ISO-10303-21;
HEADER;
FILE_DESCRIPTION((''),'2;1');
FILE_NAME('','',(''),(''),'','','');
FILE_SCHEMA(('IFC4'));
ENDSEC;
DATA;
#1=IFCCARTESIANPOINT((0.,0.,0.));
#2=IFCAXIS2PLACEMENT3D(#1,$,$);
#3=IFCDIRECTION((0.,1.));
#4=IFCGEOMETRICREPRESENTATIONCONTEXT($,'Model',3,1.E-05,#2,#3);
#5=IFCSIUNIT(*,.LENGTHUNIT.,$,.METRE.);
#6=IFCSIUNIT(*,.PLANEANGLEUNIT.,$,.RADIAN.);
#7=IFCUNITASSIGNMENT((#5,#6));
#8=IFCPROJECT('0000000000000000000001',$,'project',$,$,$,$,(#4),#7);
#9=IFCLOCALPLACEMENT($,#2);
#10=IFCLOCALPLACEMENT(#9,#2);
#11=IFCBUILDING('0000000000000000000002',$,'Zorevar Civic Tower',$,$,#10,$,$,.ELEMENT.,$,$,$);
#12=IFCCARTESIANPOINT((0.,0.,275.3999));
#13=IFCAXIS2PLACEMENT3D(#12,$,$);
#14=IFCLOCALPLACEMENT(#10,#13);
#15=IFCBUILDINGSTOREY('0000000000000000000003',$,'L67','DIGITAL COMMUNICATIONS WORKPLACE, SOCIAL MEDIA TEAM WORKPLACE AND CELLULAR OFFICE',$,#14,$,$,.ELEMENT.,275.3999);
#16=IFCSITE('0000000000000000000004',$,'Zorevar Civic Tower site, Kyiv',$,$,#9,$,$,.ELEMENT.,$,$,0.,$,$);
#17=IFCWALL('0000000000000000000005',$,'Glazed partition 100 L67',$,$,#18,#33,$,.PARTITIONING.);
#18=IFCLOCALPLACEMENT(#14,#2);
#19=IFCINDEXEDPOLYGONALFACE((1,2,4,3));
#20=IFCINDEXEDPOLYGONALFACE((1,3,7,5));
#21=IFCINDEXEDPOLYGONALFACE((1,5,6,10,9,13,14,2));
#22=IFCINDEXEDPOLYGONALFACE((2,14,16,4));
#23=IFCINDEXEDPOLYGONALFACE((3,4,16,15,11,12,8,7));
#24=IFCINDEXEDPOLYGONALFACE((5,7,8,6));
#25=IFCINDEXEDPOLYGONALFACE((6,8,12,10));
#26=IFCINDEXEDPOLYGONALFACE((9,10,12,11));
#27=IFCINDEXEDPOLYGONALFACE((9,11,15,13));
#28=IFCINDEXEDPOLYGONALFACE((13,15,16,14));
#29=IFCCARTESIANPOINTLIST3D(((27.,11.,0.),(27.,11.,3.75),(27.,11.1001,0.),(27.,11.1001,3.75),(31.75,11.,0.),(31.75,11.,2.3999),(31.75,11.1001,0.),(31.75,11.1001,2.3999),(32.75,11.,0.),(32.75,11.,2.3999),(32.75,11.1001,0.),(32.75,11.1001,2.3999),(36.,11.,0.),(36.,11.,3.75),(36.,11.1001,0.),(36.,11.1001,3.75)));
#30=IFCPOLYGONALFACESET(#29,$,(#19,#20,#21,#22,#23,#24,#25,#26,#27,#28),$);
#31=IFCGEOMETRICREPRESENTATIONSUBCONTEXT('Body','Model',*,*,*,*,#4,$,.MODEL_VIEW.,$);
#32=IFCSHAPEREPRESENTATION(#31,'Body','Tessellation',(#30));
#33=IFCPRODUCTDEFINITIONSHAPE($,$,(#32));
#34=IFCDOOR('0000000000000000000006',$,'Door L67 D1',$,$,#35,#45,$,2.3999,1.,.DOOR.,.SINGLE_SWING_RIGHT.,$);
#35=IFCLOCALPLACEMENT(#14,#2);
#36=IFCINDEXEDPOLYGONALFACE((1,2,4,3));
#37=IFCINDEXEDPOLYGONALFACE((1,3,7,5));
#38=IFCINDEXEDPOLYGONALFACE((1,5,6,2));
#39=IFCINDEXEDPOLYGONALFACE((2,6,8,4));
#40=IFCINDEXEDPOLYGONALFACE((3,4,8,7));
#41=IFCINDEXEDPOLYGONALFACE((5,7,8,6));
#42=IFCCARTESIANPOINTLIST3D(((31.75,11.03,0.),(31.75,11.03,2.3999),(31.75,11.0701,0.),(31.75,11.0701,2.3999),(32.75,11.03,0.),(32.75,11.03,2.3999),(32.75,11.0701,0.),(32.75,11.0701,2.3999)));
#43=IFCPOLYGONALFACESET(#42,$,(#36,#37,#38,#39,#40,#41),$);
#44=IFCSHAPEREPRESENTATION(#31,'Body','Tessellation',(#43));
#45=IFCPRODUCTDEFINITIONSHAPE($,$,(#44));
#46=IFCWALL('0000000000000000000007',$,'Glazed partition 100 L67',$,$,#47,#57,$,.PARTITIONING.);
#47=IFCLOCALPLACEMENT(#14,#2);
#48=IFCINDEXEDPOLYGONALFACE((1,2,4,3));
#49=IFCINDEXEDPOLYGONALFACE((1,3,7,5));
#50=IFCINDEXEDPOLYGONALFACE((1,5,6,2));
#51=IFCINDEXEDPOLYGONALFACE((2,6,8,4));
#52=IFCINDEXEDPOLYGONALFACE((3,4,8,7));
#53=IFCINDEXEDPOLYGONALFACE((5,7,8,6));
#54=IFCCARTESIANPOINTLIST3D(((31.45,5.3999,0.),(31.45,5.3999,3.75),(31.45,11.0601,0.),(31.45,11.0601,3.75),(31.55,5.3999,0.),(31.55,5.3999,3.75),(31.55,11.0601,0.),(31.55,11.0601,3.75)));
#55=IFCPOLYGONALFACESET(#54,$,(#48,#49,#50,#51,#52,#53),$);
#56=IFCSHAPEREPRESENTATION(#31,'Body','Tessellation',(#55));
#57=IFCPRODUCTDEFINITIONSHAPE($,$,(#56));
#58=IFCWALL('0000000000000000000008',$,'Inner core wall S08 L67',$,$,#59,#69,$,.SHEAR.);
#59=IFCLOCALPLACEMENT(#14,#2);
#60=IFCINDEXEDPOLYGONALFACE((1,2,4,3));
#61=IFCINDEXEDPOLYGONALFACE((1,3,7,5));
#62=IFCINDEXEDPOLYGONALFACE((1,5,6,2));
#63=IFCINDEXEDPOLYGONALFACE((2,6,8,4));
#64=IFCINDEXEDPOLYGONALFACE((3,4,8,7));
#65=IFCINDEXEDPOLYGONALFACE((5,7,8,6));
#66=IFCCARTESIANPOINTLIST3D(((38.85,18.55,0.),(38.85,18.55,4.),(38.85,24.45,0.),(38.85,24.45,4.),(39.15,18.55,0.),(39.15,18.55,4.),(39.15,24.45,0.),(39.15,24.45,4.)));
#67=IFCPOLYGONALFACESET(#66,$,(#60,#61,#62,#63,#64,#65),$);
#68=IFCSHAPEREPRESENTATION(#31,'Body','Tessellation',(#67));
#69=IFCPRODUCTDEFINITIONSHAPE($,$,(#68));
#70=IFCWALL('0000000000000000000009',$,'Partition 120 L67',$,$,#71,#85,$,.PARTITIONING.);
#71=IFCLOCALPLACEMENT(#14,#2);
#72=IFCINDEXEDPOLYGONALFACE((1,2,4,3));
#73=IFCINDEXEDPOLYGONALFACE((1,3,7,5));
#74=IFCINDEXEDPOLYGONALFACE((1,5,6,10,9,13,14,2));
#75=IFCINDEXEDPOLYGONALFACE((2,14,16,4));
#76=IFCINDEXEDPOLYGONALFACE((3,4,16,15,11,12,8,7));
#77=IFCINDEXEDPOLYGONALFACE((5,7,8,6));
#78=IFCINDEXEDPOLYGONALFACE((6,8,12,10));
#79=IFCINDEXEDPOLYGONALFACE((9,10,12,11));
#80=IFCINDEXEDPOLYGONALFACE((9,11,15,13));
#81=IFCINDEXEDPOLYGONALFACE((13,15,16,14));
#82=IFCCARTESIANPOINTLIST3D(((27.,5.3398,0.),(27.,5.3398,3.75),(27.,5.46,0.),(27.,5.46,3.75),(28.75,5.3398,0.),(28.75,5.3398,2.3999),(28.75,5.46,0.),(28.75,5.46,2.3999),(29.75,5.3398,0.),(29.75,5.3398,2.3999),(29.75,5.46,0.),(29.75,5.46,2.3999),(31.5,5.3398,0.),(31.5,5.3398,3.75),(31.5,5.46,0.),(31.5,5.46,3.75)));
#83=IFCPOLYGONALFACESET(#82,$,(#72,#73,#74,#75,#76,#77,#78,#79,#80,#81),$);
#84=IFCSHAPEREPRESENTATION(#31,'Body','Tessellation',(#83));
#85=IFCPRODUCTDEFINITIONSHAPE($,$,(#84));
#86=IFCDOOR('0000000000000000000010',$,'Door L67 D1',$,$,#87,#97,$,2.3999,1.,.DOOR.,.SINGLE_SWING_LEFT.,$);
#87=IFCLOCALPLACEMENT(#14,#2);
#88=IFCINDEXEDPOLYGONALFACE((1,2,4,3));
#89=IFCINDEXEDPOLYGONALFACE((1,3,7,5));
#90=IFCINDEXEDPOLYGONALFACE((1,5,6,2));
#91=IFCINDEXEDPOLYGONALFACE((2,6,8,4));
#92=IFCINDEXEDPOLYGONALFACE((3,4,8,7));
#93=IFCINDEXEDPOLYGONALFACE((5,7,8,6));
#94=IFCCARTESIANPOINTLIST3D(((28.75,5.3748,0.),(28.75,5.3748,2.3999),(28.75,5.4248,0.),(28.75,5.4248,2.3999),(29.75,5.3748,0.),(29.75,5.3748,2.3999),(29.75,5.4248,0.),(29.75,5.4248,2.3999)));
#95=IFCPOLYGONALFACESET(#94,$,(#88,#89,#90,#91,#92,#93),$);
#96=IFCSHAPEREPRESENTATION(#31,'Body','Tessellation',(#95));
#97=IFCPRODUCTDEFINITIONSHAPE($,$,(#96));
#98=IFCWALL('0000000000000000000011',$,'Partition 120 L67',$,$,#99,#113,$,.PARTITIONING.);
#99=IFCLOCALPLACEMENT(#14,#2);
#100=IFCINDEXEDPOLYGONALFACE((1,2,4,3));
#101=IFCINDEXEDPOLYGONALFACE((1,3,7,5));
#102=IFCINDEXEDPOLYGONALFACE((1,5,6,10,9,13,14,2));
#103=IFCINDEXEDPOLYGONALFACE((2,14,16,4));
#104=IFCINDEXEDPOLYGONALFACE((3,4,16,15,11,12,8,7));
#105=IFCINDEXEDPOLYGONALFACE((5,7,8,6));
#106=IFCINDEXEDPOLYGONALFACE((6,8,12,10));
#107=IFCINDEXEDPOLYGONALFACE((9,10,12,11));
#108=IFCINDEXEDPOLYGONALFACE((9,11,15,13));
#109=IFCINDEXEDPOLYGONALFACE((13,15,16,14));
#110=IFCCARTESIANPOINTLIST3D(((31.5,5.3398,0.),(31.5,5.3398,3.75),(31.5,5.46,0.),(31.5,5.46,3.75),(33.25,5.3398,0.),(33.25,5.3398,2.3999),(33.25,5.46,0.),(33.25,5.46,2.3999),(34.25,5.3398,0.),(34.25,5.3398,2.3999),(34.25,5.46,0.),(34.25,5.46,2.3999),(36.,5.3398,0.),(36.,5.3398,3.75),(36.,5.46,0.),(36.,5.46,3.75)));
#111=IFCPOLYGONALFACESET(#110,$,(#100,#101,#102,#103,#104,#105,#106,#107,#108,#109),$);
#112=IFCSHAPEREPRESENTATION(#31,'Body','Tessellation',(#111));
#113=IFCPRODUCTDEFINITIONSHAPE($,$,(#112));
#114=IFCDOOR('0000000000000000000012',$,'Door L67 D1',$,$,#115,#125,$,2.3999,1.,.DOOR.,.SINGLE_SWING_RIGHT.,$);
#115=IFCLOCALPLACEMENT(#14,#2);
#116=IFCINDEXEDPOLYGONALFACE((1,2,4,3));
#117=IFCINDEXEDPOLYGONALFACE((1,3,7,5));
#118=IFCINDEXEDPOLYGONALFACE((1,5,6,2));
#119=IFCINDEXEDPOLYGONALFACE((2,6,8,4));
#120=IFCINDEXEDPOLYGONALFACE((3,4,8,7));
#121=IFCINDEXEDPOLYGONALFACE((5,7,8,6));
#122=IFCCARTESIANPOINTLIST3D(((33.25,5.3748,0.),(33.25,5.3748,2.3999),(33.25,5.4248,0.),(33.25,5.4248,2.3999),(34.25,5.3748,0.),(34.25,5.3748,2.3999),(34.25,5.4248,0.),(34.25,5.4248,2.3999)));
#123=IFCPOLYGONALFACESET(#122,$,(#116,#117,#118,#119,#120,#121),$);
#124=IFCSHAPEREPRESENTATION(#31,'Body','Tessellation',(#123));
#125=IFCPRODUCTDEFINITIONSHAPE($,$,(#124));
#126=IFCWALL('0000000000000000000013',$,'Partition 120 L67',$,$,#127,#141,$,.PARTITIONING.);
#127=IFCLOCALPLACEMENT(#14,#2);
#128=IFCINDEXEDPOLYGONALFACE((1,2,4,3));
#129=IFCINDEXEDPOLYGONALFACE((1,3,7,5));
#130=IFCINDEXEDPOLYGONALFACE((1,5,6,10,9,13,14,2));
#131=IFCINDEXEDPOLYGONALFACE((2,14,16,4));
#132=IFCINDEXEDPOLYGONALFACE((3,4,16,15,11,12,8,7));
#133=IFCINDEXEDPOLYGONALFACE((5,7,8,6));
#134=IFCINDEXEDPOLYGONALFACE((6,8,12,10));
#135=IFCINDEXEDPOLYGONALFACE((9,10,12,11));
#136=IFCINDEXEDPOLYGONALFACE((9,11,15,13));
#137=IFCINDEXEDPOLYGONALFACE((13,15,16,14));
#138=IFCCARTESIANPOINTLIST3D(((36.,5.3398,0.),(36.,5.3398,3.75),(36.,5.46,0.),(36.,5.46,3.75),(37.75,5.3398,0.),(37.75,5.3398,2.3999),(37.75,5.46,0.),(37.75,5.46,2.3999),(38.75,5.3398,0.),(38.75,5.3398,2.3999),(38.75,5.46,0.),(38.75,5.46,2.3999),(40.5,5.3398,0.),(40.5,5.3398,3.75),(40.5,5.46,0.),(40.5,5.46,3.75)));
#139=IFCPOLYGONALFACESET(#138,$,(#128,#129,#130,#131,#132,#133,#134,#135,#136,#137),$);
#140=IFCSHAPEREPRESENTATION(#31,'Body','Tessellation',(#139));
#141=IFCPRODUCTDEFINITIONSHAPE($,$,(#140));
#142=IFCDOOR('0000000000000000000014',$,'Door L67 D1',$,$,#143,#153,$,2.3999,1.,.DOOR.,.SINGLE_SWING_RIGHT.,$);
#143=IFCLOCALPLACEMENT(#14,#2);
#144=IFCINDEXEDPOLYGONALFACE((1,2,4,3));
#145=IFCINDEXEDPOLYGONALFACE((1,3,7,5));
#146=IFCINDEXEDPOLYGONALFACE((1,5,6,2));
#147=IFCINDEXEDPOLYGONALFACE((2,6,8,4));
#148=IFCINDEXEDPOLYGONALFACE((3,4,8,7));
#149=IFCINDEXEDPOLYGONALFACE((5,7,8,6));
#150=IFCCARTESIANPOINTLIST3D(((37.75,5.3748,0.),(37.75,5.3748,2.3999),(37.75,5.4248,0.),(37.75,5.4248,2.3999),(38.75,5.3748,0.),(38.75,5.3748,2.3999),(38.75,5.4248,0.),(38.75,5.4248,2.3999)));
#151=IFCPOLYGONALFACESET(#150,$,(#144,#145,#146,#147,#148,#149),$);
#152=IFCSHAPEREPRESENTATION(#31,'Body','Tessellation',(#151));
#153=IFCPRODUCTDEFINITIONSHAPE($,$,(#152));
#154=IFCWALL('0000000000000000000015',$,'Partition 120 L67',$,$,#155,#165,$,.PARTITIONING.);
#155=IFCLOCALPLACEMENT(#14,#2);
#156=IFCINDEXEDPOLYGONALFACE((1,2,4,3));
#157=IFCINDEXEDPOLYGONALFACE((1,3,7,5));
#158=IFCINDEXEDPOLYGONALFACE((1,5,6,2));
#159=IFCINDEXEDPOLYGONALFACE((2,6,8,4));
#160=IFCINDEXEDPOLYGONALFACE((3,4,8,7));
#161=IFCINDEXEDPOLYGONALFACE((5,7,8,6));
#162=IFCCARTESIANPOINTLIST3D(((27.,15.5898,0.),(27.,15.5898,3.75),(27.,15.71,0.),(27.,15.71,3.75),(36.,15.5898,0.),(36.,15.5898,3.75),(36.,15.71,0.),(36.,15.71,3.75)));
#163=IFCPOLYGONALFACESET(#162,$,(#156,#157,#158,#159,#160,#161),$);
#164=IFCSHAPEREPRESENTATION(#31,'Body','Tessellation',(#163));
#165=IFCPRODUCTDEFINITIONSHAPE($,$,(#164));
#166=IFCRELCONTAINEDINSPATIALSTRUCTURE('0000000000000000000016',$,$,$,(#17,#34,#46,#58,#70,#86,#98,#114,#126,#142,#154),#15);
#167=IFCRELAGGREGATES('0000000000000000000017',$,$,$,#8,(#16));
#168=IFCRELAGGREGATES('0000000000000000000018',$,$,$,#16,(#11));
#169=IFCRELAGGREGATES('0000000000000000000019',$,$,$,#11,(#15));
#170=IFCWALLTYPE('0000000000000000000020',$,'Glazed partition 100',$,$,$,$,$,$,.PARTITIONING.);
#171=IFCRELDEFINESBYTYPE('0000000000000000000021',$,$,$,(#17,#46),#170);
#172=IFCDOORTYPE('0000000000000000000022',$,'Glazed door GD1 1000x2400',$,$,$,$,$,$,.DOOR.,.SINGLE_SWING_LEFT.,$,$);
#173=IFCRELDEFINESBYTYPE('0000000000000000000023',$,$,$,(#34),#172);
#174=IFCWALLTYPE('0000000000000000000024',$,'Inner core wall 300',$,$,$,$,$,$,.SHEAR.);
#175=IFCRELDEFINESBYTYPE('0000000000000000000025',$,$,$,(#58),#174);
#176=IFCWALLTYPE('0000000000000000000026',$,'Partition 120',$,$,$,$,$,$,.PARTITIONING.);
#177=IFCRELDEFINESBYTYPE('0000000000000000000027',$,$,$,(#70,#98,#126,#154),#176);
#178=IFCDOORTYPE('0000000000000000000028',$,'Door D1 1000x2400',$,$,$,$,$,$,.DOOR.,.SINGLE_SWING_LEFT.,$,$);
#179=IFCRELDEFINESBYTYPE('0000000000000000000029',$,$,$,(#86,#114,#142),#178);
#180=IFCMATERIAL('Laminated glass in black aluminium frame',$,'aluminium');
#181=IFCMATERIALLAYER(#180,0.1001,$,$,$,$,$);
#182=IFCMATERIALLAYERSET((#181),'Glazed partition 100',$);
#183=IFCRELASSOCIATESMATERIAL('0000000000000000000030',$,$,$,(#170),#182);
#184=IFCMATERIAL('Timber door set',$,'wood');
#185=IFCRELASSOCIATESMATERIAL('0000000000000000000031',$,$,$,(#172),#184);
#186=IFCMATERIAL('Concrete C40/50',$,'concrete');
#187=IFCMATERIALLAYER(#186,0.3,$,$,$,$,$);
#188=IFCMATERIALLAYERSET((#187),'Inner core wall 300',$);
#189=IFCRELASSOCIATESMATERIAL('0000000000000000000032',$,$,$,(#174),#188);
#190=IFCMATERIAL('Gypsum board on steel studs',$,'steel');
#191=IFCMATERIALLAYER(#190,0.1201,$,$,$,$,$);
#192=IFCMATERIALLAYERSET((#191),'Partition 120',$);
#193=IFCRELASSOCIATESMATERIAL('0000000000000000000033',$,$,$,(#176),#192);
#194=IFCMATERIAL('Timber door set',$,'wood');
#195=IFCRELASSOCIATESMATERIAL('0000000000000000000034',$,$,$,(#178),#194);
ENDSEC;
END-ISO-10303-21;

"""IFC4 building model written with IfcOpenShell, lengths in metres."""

from ifc_helpers import new_model, si_unit, direction, frame, frame_2d, origin, place, context, subcontext, project, spatial, rectangle, extrude, material, layer, layer_set, type_object, element, fill, save


model = new_model("IFC4")

# Units and contexts
model_context = context("Model", 3, precision=1e-05, world=origin(), true_north=direction((0.0, 1.0)))
body_context = subcontext(model_context, "Body", "Model", "MODEL_VIEW")
ifc_project = project(units=[si_unit("LENGTHUNIT", "METRE"), si_unit("PLANEANGLEUNIT", "RADIAN")], contexts=[model_context])

# Site, building, storey
site_placement = place(None, origin())
site = spatial("IfcSite", under=ifc_project, at=site_placement, Name="Zorevar Civic Tower site, Kyiv", CompositionType="ELEMENT", RefElevation=0.0)
building_placement = place(site_placement, origin())
building = spatial("IfcBuilding", under=site, at=building_placement, Name="Zorevar Civic Tower", CompositionType="ELEMENT")
storey_placement = place(building_placement, frame((0.0, 0.0, 275.3999)))
storey = spatial("IfcBuildingStorey", under=building, at=storey_placement, Name="L67", Description="DIGITAL COMMUNICATIONS WORKPLACE, SOCIAL MEDIA TEAM WORKPLACE AND CELLULAR OFFICE", CompositionType="ELEMENT", Elevation=275.3999)

# Wall, opening, door
ifc_material_1 = material(Name="Laminated glass in black aluminium frame", Category="aluminium")
ifc_layer_1 = layer(ifc_material_1, 0.1001)
ifc_layer_set_1 = layer_set([ifc_layer_1], Name="Glazed partition 100")
wall_type_1 = type_object("IfcWallType", Name="Glazed partition 100", PredefinedType="PARTITIONING", material=ifc_layer_set_1)
wall_1_placement = place(storey_placement, frame((27.0, 11.05, 0.0), z_axis=(0.0, 0.0, 1.0), x_axis=(1.0, 0.0, 0.0)))
wall_1 = element("IfcWall", 1, at=wall_1_placement, inside=storey, type_object=wall_type_1, Name="Glazed partition 100 L67", PredefinedType="PARTITIONING", context=body_context, shape_type="SweptSolid", body=[
    extrude(rectangle(XDim=9.0, YDim=0.1001, at=frame_2d((4.5, 0.0))), origin(), (0.0, 0.0, 1.0), 3.75),
])
opening_1_placement = place(wall_1_placement, frame((4.75, 0.0, 0.0)))
opening_1 = element("IfcOpeningElement", 2, at=opening_1_placement, cuts=wall_1, PredefinedType="OPENING", context=body_context, shape_type="SweptSolid", body=[
    extrude(rectangle(XDim=1.0, YDim=2.3999, at=frame_2d((0.5, 1.2))), frame((0.0, 0.0601, 0.0), z_axis=(0.0, -1.0, 0.0), x_axis=(1.0, 0.0, 0.0)), (0.0, 0.0, 1.0), 0.1201),
])
ifc_material_2 = material(Name="Timber door set", Category="wood")
door_type_1 = type_object("IfcDoorType", Name="Glazed door GD1 1000x2400", OperationType="SINGLE_SWING_LEFT", PredefinedType="DOOR", material=ifc_material_2)
door_1_placement = place(opening_1_placement, origin())
door_1 = element("IfcDoor", 3, at=door_1_placement, inside=storey, type_object=door_type_1, Name="Door L67 D1", OperationType="SINGLE_SWING_RIGHT", OverallHeight=2.3999, OverallWidth=1.0, PredefinedType="DOOR", context=body_context, shape_type="SweptSolid", body=[
    extrude(rectangle(XDim=1.0, YDim=2.3999, at=frame_2d((0.5, 1.2))), frame((0.0, 0.02, 0.0), z_axis=(0.0, -1.0, 0.0), x_axis=(1.0, 0.0, 0.0)), (0.0, 0.0, 1.0), 0.04),
])
fill(opening_1, door_1)

# Walls
wall_2_placement = place(storey_placement, frame((31.5, 5.3999, 0.0), z_axis=(0.0, 0.0, 1.0), x_axis=(0.0, 1.0, 0.0)))
element("IfcWall", 4, at=wall_2_placement, inside=storey, type_object=wall_type_1, Name="Glazed partition 100 L67", PredefinedType="PARTITIONING", context=body_context, shape_type="SweptSolid", body=[
    extrude(rectangle(XDim=5.6602, YDim=0.1001, at=frame_2d((2.8301, 0.0))), origin(), (0.0, 0.0, 1.0), 3.75),
])
ifc_material_3 = material(Name="Concrete C40/50", Category="concrete")
ifc_layer_2 = layer(ifc_material_3, 0.3)
ifc_layer_set_2 = layer_set([ifc_layer_2], Name="Inner core wall 300")
wall_type_2 = type_object("IfcWallType", Name="Inner core wall 300", PredefinedType="SHEAR", material=ifc_layer_set_2)
wall_3_placement = place(storey_placement, frame((39.0, 18.55, 0.0), z_axis=(0.0, 0.0, 1.0), x_axis=(0.0, 1.0, 0.0)))
element("IfcWall", 5, at=wall_3_placement, inside=storey, type_object=wall_type_2, Name="Inner core wall S08 L67", PredefinedType="SHEAR", context=body_context, shape_type="SweptSolid", body=[
    extrude(rectangle(XDim=5.8999, YDim=0.3, at=frame_2d((2.95, 0.0))), origin(), (0.0, 0.0, 1.0), 4.0),
])

# Walls, openings, doors
ifc_material_4 = material(Name="Gypsum board on steel studs", Category="steel")
ifc_layer_3 = layer(ifc_material_4, 0.1201)
ifc_layer_set_3 = layer_set([ifc_layer_3], Name="Partition 120")
wall_type_3 = type_object("IfcWallType", Name="Partition 120", PredefinedType="PARTITIONING", material=ifc_layer_set_3)
wall_4_placement = place(storey_placement, frame((27.0, 5.3999, 0.0), z_axis=(0.0, 0.0, 1.0), x_axis=(1.0, 0.0, 0.0)))
wall_4 = element("IfcWall", 6, at=wall_4_placement, inside=storey, type_object=wall_type_3, Name="Partition 120 L67", PredefinedType="PARTITIONING", context=body_context, shape_type="SweptSolid", body=[
    extrude(rectangle(XDim=4.5, YDim=0.1201, at=frame_2d((2.25, 0.0))), origin(), (0.0, 0.0, 1.0), 3.75),
])
opening_2_placement = place(wall_4_placement, frame((1.75, 0.0, 0.0)))
opening_2 = element("IfcOpeningElement", 7, at=opening_2_placement, cuts=wall_4, PredefinedType="OPENING", context=body_context, shape_type="SweptSolid", body=[
    extrude(rectangle(XDim=1.0, YDim=2.3999, at=frame_2d((0.5, 1.2))), frame((0.0, 0.0701, 0.0), z_axis=(0.0, -1.0, 0.0), x_axis=(1.0, 0.0, 0.0)), (0.0, 0.0, 1.0), 0.1401),
])
ifc_material_5 = material(Name="Timber door set", Category="wood")
door_type_2 = type_object("IfcDoorType", Name="Door D1 1000x2400", OperationType="SINGLE_SWING_LEFT", PredefinedType="DOOR", material=ifc_material_5)
door_2_placement = place(opening_2_placement, origin())
door_2 = element("IfcDoor", 8, at=door_2_placement, inside=storey, type_object=door_type_2, Name="Door L67 D1", OperationType="SINGLE_SWING_LEFT", OverallHeight=2.3999, OverallWidth=1.0, PredefinedType="DOOR", context=body_context, shape_type="SweptSolid", body=[
    extrude(rectangle(XDim=1.0, YDim=2.3999, at=frame_2d((0.5, 1.2))), frame((0.0, 0.0249, 0.0), z_axis=(0.0, -1.0, 0.0), x_axis=(1.0, 0.0, 0.0)), (0.0, 0.0, 1.0), 0.05),
])
fill(opening_2, door_2)
wall_5_placement = place(storey_placement, frame((31.5, 5.3999, 0.0), z_axis=(0.0, 0.0, 1.0), x_axis=(1.0, 0.0, 0.0)))
wall_5 = element("IfcWall", 9, at=wall_5_placement, inside=storey, type_object=wall_type_3, Name="Partition 120 L67", PredefinedType="PARTITIONING", context=body_context, shape_type="SweptSolid", body=[
    extrude(rectangle(XDim=4.5, YDim=0.1201, at=frame_2d((2.25, 0.0))), origin(), (0.0, 0.0, 1.0), 3.75),
])
opening_3_placement = place(wall_5_placement, frame((1.75, 0.0, 0.0)))
opening_3 = element("IfcOpeningElement", 10, at=opening_3_placement, cuts=wall_5, PredefinedType="OPENING", context=body_context, shape_type="SweptSolid", body=[
    extrude(rectangle(XDim=1.0, YDim=2.3999, at=frame_2d((0.5, 1.2))), frame((0.0, 0.0701, 0.0), z_axis=(0.0, -1.0, 0.0), x_axis=(1.0, 0.0, 0.0)), (0.0, 0.0, 1.0), 0.1401),
])
door_3_placement = place(opening_3_placement, origin())
door_3 = element("IfcDoor", 11, at=door_3_placement, inside=storey, type_object=door_type_2, Name="Door L67 D1", OperationType="SINGLE_SWING_RIGHT", OverallHeight=2.3999, OverallWidth=1.0, PredefinedType="DOOR", context=body_context, shape_type="SweptSolid", body=[
    extrude(rectangle(XDim=1.0, YDim=2.3999, at=frame_2d((0.5, 1.2))), frame((0.0, 0.0249, 0.0), z_axis=(0.0, -1.0, 0.0), x_axis=(1.0, 0.0, 0.0)), (0.0, 0.0, 1.0), 0.05),
])
fill(opening_3, door_3)
wall_6_placement = place(storey_placement, frame((36.0, 5.3999, 0.0), z_axis=(0.0, 0.0, 1.0), x_axis=(1.0, 0.0, 0.0)))
wall_6 = element("IfcWall", 12, at=wall_6_placement, inside=storey, type_object=wall_type_3, Name="Partition 120 L67", PredefinedType="PARTITIONING", context=body_context, shape_type="SweptSolid", body=[
    extrude(rectangle(XDim=4.5, YDim=0.1201, at=frame_2d((2.25, 0.0))), origin(), (0.0, 0.0, 1.0), 3.75),
])
opening_4_placement = place(wall_6_placement, frame((1.75, 0.0, 0.0)))
opening_4 = element("IfcOpeningElement", 13, at=opening_4_placement, cuts=wall_6, PredefinedType="OPENING", context=body_context, shape_type="SweptSolid", body=[
    extrude(rectangle(XDim=1.0, YDim=2.3999, at=frame_2d((0.5, 1.2))), frame((0.0, 0.0701, 0.0), z_axis=(0.0, -1.0, 0.0), x_axis=(1.0, 0.0, 0.0)), (0.0, 0.0, 1.0), 0.1401),
])
door_4_placement = place(opening_4_placement, origin())
door_4 = element("IfcDoor", 14, at=door_4_placement, inside=storey, type_object=door_type_2, Name="Door L67 D1", OperationType="SINGLE_SWING_RIGHT", OverallHeight=2.3999, OverallWidth=1.0, PredefinedType="DOOR", context=body_context, shape_type="SweptSolid", body=[
    extrude(rectangle(XDim=1.0, YDim=2.3999, at=frame_2d((0.5, 1.2))), frame((0.0, 0.0249, 0.0), z_axis=(0.0, -1.0, 0.0), x_axis=(1.0, 0.0, 0.0)), (0.0, 0.0, 1.0), 0.05),
])
fill(opening_4, door_4)

# Wall
wall_7_placement = place(storey_placement, frame((27.0, 15.6499, 0.0), z_axis=(0.0, 0.0, 1.0), x_axis=(1.0, 0.0, 0.0)))
element("IfcWall", 15, at=wall_7_placement, inside=storey, type_object=wall_type_3, Name="Partition 120 L67", PredefinedType="PARTITIONING", context=body_context, shape_type="SweptSolid", body=[
    extrude(rectangle(XDim=9.0, YDim=0.1201, at=frame_2d((4.5, 0.0))), origin(), (0.0, 0.0, 1.0), 3.75),
])

save(model, "model.ifc")
